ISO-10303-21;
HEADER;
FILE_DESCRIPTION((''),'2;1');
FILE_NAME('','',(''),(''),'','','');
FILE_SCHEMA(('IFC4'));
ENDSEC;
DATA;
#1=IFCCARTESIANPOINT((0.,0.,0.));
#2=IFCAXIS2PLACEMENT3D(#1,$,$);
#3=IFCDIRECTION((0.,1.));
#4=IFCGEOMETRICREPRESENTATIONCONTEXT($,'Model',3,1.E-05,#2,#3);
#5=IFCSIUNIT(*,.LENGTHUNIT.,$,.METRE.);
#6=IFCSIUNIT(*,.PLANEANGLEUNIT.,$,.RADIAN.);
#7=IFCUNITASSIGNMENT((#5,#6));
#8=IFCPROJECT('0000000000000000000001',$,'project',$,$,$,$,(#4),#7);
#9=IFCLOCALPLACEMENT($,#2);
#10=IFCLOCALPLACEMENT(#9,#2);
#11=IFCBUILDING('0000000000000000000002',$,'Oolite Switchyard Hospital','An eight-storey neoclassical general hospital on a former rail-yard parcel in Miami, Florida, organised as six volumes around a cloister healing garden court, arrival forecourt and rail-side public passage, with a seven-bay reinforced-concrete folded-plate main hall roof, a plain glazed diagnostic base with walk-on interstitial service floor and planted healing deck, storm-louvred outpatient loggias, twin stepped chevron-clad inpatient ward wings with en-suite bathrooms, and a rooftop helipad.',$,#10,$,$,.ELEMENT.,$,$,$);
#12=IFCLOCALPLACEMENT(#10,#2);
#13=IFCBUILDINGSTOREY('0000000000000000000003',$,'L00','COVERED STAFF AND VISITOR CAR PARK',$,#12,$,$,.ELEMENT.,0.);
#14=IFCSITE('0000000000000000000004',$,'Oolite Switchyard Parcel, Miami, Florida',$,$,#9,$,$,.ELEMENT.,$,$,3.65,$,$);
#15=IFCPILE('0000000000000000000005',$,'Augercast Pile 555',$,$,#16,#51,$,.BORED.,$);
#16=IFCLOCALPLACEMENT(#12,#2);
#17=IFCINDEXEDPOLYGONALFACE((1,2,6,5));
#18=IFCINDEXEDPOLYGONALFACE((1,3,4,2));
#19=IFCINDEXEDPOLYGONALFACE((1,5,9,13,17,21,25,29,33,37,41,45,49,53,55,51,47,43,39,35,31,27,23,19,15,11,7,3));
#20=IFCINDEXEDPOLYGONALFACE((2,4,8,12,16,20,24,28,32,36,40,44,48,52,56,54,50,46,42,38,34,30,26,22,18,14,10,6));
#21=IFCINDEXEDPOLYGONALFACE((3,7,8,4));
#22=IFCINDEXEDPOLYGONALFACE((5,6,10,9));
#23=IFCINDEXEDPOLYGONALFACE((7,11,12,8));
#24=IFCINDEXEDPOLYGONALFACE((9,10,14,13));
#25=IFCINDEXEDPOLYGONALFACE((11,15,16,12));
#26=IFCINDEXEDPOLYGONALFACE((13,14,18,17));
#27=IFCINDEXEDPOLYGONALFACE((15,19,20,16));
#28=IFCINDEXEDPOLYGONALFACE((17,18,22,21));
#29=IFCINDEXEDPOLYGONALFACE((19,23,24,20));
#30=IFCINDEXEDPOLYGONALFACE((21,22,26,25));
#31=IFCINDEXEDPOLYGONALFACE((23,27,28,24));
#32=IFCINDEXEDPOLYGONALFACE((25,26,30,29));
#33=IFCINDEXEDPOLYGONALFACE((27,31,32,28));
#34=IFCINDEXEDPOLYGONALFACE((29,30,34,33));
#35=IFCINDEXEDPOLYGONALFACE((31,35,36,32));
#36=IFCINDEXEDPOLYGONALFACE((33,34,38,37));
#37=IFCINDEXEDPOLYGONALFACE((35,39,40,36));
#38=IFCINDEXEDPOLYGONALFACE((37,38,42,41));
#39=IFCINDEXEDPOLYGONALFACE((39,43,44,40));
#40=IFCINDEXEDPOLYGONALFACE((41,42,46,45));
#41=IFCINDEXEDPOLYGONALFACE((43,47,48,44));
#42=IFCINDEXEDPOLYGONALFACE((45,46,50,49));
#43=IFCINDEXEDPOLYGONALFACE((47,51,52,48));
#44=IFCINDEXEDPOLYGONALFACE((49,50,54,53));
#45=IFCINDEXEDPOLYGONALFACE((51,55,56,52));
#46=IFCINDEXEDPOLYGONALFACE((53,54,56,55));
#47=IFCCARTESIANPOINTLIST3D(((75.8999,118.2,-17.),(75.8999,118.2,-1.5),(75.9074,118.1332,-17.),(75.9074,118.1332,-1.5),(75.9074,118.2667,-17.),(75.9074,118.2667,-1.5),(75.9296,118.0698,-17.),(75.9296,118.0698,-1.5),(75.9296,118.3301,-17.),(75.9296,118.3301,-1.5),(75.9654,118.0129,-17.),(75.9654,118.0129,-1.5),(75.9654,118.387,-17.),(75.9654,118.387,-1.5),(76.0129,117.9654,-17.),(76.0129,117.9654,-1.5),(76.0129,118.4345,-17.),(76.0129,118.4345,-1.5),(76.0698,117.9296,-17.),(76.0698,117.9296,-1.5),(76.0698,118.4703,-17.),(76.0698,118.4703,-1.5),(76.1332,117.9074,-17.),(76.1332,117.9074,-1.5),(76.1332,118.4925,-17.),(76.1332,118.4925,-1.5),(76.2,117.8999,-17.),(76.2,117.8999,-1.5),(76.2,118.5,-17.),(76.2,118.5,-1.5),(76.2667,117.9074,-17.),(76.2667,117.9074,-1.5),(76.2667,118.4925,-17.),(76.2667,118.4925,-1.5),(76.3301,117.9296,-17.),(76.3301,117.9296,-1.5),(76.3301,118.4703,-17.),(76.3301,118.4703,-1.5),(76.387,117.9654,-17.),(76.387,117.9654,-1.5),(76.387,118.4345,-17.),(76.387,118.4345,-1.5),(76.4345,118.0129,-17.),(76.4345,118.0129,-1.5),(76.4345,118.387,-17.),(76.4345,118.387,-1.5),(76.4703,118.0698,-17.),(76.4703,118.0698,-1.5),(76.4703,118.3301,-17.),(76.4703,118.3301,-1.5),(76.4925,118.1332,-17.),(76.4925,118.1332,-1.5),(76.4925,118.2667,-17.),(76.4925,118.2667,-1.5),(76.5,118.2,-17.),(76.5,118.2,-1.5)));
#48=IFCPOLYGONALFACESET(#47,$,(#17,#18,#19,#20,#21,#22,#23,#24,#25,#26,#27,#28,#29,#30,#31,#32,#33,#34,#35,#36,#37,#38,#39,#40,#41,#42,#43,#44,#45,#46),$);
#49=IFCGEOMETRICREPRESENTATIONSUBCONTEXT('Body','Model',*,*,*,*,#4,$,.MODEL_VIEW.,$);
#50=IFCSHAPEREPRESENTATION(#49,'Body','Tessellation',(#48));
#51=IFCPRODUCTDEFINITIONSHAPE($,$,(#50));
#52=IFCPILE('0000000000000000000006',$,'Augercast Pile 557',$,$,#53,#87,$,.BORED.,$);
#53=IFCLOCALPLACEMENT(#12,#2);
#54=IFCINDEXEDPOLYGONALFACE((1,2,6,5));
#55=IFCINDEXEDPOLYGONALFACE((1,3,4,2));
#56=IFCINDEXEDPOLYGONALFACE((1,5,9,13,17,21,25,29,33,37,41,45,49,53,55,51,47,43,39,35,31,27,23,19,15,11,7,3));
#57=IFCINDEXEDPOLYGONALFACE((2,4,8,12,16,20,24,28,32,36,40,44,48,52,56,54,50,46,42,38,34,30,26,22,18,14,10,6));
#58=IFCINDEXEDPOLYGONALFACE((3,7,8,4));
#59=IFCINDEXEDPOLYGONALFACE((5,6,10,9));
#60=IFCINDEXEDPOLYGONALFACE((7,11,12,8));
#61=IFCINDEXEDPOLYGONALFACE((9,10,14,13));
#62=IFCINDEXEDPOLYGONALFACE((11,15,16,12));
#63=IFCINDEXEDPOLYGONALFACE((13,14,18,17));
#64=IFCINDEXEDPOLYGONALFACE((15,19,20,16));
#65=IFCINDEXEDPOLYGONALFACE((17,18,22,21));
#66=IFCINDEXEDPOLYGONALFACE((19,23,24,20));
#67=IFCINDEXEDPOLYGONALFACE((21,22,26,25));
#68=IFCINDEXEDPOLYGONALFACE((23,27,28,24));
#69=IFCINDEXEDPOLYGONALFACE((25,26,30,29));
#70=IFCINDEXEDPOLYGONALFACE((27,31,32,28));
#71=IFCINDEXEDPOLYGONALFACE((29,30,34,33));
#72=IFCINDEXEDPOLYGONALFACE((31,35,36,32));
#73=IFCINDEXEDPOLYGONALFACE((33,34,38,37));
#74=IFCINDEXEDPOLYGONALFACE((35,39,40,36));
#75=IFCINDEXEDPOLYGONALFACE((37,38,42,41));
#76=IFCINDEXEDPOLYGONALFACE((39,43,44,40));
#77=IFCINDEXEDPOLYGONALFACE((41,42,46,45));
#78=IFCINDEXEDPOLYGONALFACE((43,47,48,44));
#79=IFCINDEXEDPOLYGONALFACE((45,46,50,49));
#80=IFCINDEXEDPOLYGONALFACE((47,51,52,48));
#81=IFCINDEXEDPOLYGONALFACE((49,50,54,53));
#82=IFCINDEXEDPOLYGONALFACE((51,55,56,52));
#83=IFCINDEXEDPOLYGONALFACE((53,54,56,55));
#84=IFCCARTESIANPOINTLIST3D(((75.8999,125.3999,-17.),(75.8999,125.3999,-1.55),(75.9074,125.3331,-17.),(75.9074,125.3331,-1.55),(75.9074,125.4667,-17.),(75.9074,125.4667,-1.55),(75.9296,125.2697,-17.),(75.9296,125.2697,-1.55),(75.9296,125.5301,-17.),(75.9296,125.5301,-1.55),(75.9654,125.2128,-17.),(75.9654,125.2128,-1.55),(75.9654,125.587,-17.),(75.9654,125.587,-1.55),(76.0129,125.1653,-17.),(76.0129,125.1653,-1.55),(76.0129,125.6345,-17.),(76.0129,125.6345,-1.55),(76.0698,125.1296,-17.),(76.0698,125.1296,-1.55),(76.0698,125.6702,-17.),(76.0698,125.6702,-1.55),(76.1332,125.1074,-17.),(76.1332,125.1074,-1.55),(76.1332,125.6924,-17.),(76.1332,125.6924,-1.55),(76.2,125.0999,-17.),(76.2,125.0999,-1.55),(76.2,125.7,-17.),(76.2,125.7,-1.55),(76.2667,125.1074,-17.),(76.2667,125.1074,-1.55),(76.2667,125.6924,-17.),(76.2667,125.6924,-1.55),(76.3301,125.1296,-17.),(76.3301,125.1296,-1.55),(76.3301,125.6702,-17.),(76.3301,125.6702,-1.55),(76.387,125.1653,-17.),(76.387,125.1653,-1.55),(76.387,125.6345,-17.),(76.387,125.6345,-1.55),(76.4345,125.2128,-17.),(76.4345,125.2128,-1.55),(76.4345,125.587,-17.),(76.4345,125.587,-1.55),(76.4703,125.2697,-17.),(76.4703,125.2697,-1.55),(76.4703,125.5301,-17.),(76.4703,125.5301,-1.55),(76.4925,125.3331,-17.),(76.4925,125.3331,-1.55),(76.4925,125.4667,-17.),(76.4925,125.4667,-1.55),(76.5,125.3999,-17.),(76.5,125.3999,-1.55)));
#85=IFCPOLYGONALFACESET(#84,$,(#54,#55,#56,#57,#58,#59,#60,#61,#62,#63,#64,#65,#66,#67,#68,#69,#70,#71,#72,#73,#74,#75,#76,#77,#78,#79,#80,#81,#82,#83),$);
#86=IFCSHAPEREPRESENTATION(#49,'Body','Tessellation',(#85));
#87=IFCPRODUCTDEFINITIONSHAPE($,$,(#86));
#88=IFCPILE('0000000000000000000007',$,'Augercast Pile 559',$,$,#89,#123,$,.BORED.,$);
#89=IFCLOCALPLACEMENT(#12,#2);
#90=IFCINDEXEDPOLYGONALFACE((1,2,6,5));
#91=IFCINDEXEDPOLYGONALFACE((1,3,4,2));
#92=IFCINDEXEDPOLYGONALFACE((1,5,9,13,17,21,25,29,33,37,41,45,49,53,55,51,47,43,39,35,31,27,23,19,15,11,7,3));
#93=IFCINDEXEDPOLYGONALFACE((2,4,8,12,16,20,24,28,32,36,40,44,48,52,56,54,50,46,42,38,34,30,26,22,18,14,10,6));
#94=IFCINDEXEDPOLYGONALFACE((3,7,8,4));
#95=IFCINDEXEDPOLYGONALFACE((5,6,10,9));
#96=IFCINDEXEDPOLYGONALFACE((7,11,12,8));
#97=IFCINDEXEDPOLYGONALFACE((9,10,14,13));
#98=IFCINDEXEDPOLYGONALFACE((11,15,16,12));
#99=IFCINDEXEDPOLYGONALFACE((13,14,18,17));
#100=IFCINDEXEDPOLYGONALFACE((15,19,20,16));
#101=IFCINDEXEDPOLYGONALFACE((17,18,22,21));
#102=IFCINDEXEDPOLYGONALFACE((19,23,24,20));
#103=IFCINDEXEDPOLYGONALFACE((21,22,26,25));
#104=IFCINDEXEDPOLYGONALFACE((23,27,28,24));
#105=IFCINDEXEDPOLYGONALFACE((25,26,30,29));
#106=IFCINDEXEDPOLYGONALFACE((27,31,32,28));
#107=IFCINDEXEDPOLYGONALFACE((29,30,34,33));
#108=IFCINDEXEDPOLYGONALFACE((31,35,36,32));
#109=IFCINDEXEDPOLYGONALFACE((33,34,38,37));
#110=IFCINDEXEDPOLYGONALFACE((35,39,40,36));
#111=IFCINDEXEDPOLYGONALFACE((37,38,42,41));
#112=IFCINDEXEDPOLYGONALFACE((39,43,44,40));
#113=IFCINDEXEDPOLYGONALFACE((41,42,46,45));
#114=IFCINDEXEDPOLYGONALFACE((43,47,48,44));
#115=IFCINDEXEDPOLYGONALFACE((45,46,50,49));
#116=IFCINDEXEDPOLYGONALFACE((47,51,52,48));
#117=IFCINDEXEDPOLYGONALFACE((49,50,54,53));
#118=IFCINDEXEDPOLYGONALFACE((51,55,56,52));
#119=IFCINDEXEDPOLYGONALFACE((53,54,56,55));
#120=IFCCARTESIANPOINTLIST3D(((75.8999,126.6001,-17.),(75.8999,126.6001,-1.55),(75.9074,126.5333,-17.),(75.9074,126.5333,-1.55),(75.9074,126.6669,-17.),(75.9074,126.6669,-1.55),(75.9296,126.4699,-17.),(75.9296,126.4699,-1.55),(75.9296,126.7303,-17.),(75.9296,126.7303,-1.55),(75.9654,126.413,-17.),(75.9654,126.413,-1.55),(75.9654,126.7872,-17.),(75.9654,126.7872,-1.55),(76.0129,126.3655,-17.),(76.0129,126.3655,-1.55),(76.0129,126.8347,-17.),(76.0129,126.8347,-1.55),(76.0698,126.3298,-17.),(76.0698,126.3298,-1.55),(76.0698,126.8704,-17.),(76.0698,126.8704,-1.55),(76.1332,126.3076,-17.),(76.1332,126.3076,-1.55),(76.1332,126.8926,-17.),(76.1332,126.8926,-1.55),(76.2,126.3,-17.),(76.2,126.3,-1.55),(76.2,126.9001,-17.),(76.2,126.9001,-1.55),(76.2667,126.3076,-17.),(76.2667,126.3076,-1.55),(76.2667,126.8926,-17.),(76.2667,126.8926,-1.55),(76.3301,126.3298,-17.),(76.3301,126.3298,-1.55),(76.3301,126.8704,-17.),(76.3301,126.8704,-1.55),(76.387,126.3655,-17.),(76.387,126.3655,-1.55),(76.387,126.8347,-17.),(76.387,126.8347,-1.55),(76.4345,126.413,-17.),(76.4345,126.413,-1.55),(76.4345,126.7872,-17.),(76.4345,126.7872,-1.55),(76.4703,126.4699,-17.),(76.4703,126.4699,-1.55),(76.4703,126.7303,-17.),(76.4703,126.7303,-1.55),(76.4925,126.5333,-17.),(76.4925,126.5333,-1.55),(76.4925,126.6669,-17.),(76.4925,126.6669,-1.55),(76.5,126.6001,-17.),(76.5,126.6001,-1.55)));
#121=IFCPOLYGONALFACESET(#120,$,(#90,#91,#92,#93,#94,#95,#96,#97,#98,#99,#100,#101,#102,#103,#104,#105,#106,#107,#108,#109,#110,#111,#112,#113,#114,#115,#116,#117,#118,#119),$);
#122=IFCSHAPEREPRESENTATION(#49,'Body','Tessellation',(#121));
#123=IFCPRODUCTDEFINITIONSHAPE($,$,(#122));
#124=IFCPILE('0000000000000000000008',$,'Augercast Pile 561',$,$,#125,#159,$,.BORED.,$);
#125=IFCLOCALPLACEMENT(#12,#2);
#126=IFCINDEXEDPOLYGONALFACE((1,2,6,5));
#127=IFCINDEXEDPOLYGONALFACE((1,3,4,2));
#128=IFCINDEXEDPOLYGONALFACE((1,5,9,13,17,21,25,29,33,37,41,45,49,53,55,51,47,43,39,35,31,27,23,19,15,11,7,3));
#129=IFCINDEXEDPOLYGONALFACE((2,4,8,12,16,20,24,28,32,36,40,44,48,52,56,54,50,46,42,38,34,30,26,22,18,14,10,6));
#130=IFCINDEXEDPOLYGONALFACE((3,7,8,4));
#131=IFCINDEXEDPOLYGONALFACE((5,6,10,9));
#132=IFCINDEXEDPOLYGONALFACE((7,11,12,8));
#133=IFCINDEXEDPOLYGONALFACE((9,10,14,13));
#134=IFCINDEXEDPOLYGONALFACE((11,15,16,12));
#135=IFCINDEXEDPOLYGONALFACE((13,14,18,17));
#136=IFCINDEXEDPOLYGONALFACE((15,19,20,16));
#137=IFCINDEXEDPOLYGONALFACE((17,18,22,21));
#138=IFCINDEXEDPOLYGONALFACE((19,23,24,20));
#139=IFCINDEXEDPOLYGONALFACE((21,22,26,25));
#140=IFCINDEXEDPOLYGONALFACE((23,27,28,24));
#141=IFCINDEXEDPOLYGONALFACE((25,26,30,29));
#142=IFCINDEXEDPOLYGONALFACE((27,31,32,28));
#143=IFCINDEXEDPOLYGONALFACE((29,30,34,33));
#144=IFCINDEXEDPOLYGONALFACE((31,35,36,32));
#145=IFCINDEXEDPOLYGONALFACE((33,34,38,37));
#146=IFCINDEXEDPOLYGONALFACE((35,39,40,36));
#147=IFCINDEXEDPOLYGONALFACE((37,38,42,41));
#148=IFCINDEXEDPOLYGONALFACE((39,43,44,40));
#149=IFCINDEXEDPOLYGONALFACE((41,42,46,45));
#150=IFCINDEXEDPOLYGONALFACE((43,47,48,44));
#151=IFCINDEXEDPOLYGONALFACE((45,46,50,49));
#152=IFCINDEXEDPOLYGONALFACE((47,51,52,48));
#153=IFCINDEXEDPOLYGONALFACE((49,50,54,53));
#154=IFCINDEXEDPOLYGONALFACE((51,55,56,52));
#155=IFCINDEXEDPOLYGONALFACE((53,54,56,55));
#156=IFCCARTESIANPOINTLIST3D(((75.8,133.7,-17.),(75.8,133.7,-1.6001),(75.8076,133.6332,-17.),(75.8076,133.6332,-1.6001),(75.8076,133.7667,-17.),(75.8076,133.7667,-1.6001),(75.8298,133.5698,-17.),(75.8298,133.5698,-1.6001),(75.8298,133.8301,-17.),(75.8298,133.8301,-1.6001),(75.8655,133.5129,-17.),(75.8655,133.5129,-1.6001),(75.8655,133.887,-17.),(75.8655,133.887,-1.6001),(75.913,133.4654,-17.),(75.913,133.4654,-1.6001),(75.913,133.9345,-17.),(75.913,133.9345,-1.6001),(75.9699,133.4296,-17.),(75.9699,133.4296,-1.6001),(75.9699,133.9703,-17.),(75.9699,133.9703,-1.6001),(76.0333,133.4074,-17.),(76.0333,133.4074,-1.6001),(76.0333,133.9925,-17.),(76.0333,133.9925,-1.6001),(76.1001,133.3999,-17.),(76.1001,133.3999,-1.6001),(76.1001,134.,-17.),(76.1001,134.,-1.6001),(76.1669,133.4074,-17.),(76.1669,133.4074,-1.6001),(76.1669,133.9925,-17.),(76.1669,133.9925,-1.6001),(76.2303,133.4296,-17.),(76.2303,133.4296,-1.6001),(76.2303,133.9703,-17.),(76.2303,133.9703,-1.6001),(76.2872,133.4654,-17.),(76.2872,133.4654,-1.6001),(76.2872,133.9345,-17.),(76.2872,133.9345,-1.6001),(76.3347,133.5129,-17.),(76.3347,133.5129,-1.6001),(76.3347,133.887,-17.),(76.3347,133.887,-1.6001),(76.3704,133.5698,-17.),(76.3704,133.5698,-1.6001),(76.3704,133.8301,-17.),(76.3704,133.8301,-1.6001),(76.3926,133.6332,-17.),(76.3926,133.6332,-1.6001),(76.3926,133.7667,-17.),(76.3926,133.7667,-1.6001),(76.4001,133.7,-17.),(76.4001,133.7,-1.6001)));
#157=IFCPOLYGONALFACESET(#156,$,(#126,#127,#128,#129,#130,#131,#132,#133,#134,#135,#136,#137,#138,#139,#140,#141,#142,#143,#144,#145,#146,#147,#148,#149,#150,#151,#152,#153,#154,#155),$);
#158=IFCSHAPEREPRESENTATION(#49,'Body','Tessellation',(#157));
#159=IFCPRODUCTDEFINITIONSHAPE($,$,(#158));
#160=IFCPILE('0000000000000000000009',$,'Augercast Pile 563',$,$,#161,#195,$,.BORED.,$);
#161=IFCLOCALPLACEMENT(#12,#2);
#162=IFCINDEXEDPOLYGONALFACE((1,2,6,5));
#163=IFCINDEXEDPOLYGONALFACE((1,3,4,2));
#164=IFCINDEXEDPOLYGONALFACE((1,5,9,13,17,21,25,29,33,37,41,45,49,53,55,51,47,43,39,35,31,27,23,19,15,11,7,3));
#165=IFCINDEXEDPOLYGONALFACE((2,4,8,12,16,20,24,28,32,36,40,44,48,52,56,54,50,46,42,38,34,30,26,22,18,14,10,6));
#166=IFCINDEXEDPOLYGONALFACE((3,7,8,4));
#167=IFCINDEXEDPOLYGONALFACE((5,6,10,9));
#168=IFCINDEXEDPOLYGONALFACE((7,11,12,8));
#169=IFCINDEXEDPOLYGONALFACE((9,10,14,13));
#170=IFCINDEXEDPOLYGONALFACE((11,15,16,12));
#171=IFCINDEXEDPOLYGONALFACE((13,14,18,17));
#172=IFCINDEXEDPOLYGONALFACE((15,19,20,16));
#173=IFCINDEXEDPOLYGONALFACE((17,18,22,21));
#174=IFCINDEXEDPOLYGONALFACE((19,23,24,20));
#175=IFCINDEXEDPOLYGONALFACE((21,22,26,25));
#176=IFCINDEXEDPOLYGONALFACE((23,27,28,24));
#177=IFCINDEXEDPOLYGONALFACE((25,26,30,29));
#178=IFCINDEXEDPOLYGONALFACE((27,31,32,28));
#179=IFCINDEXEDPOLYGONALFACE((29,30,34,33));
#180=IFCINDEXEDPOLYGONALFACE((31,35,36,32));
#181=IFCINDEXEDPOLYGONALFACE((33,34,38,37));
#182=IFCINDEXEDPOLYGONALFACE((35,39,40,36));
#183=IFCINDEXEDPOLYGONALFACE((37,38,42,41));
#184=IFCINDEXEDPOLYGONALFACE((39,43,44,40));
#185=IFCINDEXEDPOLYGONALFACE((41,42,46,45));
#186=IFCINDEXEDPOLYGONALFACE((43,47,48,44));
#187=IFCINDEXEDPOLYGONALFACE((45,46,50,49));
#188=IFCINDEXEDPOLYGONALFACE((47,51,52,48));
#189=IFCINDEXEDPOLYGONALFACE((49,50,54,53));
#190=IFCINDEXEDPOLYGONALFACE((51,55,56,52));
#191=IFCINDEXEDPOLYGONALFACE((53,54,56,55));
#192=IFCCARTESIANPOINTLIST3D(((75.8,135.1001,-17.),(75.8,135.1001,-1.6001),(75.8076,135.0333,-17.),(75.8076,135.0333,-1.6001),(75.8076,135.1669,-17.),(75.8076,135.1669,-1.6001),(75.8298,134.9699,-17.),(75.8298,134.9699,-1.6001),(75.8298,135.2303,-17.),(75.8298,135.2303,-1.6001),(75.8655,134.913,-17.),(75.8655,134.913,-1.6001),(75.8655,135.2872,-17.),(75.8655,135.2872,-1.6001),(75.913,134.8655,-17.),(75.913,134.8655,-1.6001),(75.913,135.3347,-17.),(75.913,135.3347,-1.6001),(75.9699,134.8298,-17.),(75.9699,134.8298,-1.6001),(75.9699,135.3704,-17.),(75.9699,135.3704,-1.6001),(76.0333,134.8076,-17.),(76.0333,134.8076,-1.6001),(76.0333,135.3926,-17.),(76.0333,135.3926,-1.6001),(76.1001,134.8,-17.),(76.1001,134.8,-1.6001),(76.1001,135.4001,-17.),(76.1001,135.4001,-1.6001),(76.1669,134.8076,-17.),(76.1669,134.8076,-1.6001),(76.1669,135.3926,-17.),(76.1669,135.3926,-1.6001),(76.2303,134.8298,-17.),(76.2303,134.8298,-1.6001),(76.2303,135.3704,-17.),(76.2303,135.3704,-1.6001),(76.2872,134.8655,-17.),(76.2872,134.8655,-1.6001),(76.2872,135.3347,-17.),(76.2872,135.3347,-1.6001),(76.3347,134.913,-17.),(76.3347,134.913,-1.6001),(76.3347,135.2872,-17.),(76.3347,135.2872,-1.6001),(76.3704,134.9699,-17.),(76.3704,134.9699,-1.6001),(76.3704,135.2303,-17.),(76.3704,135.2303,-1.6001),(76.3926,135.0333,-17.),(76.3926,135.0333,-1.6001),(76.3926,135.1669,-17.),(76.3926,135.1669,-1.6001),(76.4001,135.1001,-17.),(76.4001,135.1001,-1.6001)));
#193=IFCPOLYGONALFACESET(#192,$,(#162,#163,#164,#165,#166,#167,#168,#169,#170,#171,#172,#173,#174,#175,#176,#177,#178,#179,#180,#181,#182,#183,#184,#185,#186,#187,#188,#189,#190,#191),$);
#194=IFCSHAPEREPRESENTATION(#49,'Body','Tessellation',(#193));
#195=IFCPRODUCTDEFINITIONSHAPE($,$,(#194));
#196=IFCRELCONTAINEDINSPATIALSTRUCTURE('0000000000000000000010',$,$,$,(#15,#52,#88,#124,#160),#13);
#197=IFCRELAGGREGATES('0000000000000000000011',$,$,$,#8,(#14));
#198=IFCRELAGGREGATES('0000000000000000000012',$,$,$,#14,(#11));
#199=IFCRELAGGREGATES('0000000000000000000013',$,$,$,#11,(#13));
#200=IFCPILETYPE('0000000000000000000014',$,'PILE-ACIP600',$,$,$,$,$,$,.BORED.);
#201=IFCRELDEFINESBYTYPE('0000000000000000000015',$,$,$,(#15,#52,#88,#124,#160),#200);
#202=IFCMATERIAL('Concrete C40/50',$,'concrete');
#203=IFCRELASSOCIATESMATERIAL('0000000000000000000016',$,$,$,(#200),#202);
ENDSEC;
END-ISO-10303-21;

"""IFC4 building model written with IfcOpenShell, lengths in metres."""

from ifc_helpers import new_model, si_unit, direction, frame, origin, origin_2d, place, context, subcontext, project, spatial, circle, extrude, material, material_profile, profile_set, type_object, element, save


model = new_model("IFC4")

# Units and contexts
model_context = context("Model", 3, precision=1e-05, world=origin(), true_north=direction((0.0, 1.0)))
body_context = subcontext(model_context, "Body", "Model", "MODEL_VIEW")
ifc_project = project(units=[si_unit("LENGTHUNIT", "METRE"), si_unit("PLANEANGLEUNIT", "RADIAN")], contexts=[model_context])

# Site, building, storey
site_placement = place(None, origin())
site = spatial("IfcSite", under=ifc_project, at=site_placement, Name="Oolite Switchyard Parcel, Miami, Florida", CompositionType="ELEMENT", RefElevation=3.65)
building_placement = place(site_placement, origin())
building = spatial("IfcBuilding", under=site, at=building_placement, Name="Oolite Switchyard Hospital", Description="An eight-storey neoclassical general hospital on a former rail-yard parcel in Miami, Florida, organised as six volumes around a cloister healing garden court, arrival forecourt and rail-side public passage, with a seven-bay reinforced-concrete folded-plate main hall roof, a plain glazed diagnostic base with walk-on interstitial service floor and planted healing deck, storm-louvred outpatient loggias, twin stepped chevron-clad inpatient ward wings with en-suite bathrooms, and a rooftop helipad.", CompositionType="ELEMENT")
storey_placement = place(building_placement, origin())
storey = spatial("IfcBuildingStorey", under=building, at=storey_placement, Name="L00", Description="COVERED STAFF AND VISITOR CAR PARK", CompositionType="ELEMENT", Elevation=0.0)

# Shared definitions
ifc_material_1 = material(Name="Concrete C40/50", Category="concrete")

# Piles
ifc_material_profile_1 = material_profile(ifc_material_1, circle(Radius=0.3, at=origin_2d()), Name="PILE600")
ifc_profile_set_1 = profile_set([ifc_material_profile_1], Name="Concrete C40/50")
pile_type = type_object("IfcPileType", Name="PILE-ACIP600", PredefinedType="BORED", material=ifc_profile_set_1)
for number, where, z_axis, x_axis, name in (
    (1, (76.2, 118.2, -1.5), (0.0, 0.0, -1.0), (1.0, 0.0, 0.0), "Augercast Pile 555"),
):
    element("IfcPile", number, at=place(storey_placement, frame(where, z_axis=z_axis, x_axis=x_axis)), inside=storey, type_object=pile_type, Name=name, PredefinedType="BORED", context=body_context, shape_type="SweptSolid", body=[
        extrude(circle(Radius=0.3, at=origin_2d()), origin(), (0.0, 0.0, 1.0), 15.5),
    ])
for number, where, z_axis, x_axis, name in (
    (2, (76.2, 125.3999, -1.55), (0.0, 0.0, -1.0), (1.0, 0.0, 0.0), "Augercast Pile 557"),
    (3, (76.2, 126.6001, -1.55), (0.0, 0.0, -1.0), (1.0, 0.0, 0.0), "Augercast Pile 559"),
):
    element("IfcPile", number, at=place(storey_placement, frame(where, z_axis=z_axis, x_axis=x_axis)), inside=storey, type_object=pile_type, Name=name, PredefinedType="BORED", context=body_context, shape_type="SweptSolid", body=[
        extrude(circle(Radius=0.3, at=origin_2d()), origin(), (0.0, 0.0, 1.0), 15.45),
    ])
for number, where, z_axis, x_axis, name in (
    (4, (76.1001, 133.7, -1.6001), (0.0, 0.0, -1.0), (1.0, 0.0, 0.0), "Augercast Pile 561"),
    (5, (76.1001, 135.1001, -1.6001), (0.0, 0.0, -1.0), (1.0, 0.0, 0.0), "Augercast Pile 563"),
):
    element("IfcPile", number, at=place(storey_placement, frame(where, z_axis=z_axis, x_axis=x_axis)), inside=storey, type_object=pile_type, Name=name, PredefinedType="BORED", context=body_context, shape_type="SweptSolid", body=[
        extrude(circle(Radius=0.3, at=origin_2d()), origin(), (0.0, 0.0, 1.0), 15.3999),
    ])

save(model, "model.ifc")
